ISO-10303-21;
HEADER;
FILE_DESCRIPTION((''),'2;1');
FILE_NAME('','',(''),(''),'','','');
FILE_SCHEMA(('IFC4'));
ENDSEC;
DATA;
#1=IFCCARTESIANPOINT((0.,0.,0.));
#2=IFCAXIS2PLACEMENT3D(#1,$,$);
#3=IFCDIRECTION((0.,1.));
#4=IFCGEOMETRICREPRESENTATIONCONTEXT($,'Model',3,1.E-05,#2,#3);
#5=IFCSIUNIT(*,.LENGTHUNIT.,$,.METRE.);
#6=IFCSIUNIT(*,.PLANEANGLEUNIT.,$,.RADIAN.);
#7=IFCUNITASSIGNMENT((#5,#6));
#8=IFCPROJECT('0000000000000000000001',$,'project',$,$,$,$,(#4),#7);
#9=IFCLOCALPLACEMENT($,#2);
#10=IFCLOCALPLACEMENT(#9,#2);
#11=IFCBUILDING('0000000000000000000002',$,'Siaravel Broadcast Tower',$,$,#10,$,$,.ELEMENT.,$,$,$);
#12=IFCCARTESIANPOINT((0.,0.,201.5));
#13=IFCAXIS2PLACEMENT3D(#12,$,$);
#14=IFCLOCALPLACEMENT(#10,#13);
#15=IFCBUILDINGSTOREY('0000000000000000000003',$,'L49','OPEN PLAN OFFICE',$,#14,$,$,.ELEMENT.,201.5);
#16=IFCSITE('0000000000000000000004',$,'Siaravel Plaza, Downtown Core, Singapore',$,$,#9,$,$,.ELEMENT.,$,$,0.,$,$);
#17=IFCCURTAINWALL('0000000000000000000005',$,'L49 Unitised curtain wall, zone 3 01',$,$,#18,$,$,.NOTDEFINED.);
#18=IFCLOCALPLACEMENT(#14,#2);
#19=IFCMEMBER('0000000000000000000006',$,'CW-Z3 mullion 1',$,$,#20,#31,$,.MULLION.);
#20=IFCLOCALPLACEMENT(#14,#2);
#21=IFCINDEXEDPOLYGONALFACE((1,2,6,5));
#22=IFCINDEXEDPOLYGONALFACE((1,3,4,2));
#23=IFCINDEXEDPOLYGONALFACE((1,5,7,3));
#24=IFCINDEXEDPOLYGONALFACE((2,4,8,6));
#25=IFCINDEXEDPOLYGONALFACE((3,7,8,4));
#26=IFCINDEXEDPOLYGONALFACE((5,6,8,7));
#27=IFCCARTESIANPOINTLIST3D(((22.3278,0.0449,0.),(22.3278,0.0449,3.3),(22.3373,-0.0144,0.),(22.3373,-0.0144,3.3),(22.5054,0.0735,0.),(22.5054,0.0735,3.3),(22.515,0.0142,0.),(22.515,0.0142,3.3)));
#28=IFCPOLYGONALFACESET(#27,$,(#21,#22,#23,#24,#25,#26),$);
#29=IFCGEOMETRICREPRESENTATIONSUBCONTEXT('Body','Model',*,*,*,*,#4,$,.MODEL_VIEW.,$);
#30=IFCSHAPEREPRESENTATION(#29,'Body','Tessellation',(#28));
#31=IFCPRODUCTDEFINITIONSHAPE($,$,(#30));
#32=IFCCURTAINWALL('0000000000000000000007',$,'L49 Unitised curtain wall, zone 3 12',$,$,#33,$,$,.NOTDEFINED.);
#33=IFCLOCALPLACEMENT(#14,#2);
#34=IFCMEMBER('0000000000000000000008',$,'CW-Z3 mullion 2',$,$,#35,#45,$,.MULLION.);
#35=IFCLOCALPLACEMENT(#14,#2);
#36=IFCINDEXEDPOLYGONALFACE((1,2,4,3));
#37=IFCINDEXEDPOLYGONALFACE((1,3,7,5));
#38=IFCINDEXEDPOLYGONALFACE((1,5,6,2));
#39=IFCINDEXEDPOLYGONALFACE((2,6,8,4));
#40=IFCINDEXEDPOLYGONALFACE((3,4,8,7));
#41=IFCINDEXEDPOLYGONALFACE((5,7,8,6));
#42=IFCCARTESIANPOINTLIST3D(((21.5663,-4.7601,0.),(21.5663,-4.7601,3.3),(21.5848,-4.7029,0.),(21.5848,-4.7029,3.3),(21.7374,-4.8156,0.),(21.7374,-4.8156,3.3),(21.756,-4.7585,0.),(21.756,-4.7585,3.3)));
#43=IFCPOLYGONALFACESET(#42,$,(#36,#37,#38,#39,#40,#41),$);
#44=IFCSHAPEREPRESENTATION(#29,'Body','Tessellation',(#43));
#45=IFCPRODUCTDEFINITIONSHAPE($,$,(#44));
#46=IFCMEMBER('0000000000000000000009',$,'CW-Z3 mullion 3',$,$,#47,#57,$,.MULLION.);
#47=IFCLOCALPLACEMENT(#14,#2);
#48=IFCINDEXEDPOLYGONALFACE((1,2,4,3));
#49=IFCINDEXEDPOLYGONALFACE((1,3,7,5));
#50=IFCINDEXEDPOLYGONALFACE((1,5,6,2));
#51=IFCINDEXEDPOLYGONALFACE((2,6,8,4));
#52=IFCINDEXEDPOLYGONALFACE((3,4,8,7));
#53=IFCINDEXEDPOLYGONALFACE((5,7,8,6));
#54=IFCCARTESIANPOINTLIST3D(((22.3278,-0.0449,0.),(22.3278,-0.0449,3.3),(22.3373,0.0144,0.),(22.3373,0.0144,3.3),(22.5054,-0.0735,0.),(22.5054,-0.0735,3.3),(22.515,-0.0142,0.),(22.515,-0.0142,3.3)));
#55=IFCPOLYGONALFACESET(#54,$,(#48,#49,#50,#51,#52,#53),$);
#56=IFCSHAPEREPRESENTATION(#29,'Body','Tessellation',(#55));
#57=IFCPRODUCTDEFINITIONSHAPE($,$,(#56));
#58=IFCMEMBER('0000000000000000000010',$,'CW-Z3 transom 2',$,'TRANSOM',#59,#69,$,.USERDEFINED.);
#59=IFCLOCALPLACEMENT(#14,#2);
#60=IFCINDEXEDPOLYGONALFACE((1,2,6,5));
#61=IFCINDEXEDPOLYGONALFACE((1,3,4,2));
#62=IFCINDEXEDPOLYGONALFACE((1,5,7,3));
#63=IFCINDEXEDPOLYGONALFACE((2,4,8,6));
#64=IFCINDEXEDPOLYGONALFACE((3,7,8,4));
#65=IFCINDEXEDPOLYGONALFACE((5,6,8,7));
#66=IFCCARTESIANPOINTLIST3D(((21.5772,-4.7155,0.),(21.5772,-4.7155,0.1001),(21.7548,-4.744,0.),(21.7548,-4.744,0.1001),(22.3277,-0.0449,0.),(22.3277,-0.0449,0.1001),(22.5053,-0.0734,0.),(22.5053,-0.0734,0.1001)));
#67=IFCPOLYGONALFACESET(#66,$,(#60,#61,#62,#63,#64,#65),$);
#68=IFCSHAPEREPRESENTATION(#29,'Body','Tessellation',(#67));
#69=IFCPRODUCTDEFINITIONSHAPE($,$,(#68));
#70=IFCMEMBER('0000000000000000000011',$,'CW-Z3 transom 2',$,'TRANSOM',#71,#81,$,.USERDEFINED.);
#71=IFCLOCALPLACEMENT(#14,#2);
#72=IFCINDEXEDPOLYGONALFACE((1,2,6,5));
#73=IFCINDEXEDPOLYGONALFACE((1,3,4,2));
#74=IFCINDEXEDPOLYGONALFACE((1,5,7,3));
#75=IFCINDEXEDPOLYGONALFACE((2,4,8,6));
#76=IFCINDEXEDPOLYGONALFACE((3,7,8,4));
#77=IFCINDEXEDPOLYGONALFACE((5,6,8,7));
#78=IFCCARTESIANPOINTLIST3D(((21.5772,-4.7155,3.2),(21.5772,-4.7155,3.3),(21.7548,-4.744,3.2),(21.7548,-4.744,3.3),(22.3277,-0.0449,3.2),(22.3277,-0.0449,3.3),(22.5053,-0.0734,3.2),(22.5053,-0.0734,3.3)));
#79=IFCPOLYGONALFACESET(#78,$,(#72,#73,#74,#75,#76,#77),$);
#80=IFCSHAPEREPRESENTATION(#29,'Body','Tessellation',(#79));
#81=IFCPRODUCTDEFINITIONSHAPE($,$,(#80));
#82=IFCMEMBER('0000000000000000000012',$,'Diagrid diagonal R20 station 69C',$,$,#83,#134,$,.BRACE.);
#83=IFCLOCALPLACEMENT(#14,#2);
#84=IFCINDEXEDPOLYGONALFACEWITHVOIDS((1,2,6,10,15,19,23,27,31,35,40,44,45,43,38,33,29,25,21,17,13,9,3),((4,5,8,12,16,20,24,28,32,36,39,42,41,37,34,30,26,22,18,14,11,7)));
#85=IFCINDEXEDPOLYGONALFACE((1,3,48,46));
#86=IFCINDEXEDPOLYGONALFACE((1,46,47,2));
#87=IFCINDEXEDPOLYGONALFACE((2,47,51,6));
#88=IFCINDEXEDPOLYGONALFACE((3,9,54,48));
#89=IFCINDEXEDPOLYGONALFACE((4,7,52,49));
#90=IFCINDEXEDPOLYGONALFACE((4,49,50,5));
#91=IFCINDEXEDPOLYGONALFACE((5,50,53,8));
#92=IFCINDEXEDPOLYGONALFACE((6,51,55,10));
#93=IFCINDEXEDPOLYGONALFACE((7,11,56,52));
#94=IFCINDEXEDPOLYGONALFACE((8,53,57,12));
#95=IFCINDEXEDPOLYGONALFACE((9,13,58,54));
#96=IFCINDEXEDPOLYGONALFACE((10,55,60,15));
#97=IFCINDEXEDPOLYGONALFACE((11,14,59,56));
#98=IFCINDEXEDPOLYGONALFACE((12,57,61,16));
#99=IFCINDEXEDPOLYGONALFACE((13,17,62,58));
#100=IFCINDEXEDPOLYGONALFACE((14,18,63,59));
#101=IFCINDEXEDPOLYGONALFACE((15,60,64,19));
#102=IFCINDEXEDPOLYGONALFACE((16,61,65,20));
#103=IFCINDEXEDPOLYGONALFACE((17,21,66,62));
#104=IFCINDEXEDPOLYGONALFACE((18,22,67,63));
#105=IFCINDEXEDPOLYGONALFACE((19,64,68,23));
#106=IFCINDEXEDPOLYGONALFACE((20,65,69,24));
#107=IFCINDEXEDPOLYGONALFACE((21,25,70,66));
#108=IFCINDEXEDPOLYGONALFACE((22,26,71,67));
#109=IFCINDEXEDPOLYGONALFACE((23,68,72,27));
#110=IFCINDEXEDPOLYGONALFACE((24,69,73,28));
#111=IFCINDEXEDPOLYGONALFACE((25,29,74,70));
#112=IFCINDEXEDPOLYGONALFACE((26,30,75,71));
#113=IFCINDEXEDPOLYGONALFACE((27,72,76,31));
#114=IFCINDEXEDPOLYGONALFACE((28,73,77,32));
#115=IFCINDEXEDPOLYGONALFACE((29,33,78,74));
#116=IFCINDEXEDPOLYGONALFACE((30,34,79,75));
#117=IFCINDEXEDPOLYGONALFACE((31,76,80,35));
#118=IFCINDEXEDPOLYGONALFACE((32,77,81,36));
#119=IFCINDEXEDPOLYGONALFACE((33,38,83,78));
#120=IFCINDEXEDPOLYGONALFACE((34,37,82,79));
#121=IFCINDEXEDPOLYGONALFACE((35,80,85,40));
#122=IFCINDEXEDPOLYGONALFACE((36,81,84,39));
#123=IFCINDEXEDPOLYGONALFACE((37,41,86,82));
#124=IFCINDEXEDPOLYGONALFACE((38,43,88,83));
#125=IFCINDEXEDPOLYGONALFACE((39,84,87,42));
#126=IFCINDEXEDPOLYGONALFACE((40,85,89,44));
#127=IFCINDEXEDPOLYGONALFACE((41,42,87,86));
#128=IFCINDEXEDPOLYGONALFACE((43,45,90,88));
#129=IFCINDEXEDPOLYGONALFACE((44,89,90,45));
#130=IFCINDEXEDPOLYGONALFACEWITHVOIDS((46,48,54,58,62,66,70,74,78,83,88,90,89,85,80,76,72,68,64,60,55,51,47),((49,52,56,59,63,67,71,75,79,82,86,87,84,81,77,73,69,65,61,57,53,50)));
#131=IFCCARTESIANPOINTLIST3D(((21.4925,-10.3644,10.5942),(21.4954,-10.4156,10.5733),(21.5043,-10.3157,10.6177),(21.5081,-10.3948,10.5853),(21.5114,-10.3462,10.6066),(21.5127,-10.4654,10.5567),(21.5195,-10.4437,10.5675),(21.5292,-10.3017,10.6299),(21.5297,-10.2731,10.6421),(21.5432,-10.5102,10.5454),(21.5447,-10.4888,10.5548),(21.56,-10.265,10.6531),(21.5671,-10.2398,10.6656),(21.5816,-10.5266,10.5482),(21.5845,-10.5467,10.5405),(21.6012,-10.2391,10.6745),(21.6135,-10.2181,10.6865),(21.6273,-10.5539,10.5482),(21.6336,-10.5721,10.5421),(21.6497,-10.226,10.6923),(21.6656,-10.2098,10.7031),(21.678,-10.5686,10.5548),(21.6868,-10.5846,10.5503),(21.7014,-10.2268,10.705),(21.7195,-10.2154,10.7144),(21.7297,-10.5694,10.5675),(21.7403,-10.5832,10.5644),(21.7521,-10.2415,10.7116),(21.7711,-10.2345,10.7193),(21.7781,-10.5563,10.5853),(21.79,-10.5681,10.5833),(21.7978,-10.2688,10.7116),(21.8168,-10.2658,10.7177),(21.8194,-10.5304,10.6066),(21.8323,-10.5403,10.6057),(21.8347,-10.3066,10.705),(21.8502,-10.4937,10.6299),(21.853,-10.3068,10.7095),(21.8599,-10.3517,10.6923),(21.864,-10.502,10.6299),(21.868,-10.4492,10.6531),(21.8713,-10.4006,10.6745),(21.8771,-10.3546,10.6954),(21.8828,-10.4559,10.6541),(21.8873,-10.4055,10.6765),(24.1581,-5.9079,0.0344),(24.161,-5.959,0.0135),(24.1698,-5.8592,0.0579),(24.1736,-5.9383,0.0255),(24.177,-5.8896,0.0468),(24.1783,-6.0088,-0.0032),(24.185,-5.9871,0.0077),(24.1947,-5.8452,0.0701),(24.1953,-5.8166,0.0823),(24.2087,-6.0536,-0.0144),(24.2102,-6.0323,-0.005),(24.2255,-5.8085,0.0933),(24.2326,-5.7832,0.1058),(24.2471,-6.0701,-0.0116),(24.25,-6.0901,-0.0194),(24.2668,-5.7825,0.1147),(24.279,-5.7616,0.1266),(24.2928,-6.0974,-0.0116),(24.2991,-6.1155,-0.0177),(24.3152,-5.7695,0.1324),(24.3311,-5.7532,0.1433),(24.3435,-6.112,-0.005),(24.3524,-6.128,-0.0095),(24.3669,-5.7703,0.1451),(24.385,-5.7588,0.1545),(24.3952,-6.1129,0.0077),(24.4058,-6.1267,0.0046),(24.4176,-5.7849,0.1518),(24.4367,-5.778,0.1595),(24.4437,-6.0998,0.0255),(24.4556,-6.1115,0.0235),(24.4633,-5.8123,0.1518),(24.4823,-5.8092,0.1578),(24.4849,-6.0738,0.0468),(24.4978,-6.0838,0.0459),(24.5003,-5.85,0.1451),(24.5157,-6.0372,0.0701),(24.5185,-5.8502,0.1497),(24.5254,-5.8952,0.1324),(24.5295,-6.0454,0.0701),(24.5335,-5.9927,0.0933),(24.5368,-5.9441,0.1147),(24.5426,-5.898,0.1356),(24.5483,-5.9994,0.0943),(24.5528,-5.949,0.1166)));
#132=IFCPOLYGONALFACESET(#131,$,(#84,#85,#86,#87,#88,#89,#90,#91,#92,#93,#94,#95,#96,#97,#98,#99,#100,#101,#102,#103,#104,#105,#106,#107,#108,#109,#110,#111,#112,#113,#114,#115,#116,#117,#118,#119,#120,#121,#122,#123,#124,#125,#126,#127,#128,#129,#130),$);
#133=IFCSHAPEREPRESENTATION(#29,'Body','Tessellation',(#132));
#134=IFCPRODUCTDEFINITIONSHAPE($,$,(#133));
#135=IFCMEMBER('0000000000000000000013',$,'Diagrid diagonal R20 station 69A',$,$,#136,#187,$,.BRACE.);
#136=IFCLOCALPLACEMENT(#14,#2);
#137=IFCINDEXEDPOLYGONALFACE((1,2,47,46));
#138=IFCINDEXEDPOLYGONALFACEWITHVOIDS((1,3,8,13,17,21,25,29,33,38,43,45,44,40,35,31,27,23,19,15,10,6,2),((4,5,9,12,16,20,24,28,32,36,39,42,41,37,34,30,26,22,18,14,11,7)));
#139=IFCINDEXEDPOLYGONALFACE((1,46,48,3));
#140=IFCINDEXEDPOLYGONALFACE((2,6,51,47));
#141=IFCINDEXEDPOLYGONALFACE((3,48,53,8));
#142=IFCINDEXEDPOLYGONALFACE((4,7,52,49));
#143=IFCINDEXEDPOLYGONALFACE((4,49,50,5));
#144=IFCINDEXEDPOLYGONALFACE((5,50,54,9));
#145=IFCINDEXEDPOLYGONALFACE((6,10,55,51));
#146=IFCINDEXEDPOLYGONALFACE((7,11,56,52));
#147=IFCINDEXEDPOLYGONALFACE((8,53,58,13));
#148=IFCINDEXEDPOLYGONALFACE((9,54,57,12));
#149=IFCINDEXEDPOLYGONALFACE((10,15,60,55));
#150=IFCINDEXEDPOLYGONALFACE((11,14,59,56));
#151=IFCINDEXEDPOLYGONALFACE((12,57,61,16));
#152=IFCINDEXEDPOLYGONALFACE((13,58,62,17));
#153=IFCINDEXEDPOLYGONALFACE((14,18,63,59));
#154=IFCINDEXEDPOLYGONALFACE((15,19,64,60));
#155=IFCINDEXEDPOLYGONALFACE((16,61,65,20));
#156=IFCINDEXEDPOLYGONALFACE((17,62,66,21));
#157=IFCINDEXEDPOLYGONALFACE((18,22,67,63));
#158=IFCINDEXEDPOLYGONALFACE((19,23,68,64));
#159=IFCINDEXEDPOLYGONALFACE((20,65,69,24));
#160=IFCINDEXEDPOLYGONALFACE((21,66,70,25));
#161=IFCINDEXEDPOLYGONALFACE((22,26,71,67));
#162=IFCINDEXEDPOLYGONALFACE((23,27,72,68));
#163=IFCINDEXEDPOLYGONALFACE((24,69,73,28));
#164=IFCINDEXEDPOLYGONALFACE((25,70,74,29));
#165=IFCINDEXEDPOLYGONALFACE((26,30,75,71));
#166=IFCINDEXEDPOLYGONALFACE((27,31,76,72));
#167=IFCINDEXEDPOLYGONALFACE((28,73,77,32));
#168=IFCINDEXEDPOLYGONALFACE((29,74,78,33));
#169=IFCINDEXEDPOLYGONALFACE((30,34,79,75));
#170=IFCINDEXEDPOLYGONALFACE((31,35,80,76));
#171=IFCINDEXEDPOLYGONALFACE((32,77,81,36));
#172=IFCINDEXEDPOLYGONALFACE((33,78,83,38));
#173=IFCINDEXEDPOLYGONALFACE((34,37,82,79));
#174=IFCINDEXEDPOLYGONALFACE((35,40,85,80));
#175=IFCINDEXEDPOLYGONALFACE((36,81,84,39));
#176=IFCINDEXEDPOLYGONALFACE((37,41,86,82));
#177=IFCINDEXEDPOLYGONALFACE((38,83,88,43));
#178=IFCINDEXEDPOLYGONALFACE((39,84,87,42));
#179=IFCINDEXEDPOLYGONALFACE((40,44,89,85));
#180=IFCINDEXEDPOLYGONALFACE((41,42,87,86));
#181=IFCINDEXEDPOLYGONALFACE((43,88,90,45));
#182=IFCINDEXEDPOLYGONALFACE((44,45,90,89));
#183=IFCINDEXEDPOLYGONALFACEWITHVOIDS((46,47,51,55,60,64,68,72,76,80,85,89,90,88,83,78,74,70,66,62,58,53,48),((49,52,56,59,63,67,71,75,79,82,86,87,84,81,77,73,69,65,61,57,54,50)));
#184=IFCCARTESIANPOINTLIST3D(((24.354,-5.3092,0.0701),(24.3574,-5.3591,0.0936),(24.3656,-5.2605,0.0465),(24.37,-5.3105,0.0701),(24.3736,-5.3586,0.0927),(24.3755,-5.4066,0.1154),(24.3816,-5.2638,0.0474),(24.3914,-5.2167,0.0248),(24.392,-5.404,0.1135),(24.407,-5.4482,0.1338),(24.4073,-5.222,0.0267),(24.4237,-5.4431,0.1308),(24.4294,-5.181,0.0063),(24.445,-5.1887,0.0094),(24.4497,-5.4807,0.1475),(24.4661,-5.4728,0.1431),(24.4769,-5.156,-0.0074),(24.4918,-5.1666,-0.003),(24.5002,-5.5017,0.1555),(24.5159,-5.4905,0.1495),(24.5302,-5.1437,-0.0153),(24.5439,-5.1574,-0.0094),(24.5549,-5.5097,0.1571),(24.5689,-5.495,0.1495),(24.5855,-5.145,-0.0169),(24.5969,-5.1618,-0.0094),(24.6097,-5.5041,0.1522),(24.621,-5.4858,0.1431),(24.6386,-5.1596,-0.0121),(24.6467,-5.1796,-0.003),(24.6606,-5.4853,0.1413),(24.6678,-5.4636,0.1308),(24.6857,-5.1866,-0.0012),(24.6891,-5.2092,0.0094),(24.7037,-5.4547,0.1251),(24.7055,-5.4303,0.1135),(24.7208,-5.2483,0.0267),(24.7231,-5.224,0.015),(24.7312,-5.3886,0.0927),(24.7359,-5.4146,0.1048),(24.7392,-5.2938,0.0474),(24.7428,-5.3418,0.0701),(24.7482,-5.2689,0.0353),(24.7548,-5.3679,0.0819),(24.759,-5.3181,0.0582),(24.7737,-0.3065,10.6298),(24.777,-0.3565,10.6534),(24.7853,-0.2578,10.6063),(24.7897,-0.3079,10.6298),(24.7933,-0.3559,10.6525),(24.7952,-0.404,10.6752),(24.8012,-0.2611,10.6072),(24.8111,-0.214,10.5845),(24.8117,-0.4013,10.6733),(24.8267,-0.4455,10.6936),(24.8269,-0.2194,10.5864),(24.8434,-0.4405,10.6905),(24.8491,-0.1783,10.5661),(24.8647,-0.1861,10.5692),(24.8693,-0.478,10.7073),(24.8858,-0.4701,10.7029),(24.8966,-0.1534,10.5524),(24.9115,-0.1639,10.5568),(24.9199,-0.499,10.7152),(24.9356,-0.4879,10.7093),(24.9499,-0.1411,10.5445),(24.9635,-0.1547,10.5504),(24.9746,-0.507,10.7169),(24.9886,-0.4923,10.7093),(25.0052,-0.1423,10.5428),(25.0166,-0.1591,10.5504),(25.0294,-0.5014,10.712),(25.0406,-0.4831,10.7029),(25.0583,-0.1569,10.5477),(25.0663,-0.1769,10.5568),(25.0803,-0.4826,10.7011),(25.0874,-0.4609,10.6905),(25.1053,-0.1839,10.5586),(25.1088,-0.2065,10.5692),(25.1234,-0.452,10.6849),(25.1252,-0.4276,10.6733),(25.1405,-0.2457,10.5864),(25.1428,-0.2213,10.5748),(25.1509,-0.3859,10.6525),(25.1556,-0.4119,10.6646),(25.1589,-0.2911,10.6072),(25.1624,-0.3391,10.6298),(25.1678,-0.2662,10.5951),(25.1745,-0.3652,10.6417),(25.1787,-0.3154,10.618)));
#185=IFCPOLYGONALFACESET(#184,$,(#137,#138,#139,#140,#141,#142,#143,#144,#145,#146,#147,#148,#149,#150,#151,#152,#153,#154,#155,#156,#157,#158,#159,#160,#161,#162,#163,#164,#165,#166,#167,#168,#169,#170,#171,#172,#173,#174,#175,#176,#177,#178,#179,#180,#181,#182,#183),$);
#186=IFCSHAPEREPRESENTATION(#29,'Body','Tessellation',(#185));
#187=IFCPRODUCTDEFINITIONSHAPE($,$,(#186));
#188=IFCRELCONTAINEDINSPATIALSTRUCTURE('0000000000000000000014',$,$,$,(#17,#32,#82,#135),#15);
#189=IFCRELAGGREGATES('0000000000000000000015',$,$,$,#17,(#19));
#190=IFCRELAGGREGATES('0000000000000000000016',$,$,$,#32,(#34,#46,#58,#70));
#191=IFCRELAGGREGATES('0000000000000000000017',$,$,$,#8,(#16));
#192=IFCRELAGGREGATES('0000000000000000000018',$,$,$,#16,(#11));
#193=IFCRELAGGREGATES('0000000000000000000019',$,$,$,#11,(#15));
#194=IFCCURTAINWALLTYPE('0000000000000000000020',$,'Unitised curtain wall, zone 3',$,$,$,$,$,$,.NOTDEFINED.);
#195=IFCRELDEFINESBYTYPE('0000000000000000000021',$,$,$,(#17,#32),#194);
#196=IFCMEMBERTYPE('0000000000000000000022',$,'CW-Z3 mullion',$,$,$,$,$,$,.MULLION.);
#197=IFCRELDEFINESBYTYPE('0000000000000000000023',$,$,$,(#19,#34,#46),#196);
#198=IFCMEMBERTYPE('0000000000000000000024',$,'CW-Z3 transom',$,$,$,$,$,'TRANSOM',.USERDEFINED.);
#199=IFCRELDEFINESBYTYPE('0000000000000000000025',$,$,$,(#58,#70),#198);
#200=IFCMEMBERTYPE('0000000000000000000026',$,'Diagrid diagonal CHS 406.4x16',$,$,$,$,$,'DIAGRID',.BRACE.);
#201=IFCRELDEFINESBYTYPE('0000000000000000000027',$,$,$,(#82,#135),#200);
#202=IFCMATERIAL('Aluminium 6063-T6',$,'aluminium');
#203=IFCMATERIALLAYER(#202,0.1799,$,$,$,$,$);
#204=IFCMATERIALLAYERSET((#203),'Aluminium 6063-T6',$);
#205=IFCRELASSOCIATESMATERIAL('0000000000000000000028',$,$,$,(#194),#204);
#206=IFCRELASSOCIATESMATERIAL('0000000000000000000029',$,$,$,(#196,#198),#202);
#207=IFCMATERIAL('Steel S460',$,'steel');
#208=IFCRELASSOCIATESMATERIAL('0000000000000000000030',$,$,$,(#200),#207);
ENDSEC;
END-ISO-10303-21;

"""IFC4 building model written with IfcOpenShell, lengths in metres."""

from ifc_helpers import new_model, si_unit, direction, frame, origin, origin_2d, place, context, subcontext, project, spatial, rectangle, hollow_circle, extrude, material, layer, layer_set, material_profile, profile_set, type_object, element, aggregate, save


model = new_model("IFC4")

# Units and contexts
model_context = context("Model", 3, precision=1e-05, world=origin(), true_north=direction((0.0, 1.0)))
body_context = subcontext(model_context, "Body", "Model", "MODEL_VIEW")
ifc_project = project(units=[si_unit("LENGTHUNIT", "METRE"), si_unit("PLANEANGLEUNIT", "RADIAN")], contexts=[model_context])

# Site, building, storey
site_placement = place(None, origin())
site = spatial("IfcSite", under=ifc_project, at=site_placement, Name="Siaravel Plaza, Downtown Core, Singapore", CompositionType="ELEMENT", RefElevation=0.0)
building_placement = place(site_placement, origin())
building = spatial("IfcBuilding", under=site, at=building_placement, Name="Siaravel Broadcast Tower", CompositionType="ELEMENT")
storey_placement = place(building_placement, frame((0.0, 0.0, 201.5)))
storey = spatial("IfcBuildingStorey", under=building, at=storey_placement, Name="L49", Description="OPEN PLAN OFFICE", CompositionType="ELEMENT", Elevation=201.5)

# Curtain wall, member
ifc_material_1 = material(Name="Aluminium 6063-T6", Category="aluminium")
ifc_layer_1 = layer(ifc_material_1, 0.1799)
ifc_layer_set_1 = layer_set([ifc_layer_1], Name="Aluminium 6063-T6")
curtain_wall_type = type_object("IfcCurtainWallType", Name="Unitised curtain wall, zone 3", PredefinedType="NOTDEFINED", material=ifc_layer_set_1)
curtain_wall_1_placement = place(storey_placement, origin())
curtain_wall_1 = element("IfcCurtainWall", 1, at=curtain_wall_1_placement, inside=storey, type_object=curtain_wall_type, Name="L49 Unitised curtain wall, zone 3 01", PredefinedType="NOTDEFINED")
ifc_material_profile_1 = material_profile(ifc_material_1, rectangle(XDim=0.1799, YDim=0.0601, at=origin_2d()))
ifc_profile_set_1 = profile_set([ifc_material_profile_1], Name="Aluminium 6063-T6")
member_type_1 = type_object("IfcMemberType", Name="CW-Z3 mullion", PredefinedType="MULLION", material=ifc_profile_set_1)
member_1_placement = place(storey_placement, frame((22.4214, 0.0295, 0.0), z_axis=(0.0, 0.0, 1.0), x_axis=(-0.987329, -0.158685, 0.0)))
member_1 = element("IfcMember", 2, at=member_1_placement, type_object=member_type_1, Name="CW-Z3 mullion 1", PredefinedType="MULLION", context=body_context, shape_type="SweptSolid", body=[
    extrude(rectangle(XDim=0.1799, YDim=0.0601, at=origin_2d()), origin(), (0.0, 0.0, 1.0), 3.3),
])
aggregate(curtain_wall_1, [member_1])

# Curtain wall, members
curtain_wall_2_placement = place(storey_placement, origin())
curtain_wall_2 = element("IfcCurtainWall", 3, at=curtain_wall_2_placement, inside=storey, type_object=curtain_wall_type, Name="L49 Unitised curtain wall, zone 3 12", PredefinedType="NOTDEFINED")
member_2_placement = place(storey_placement, frame((21.6611, -4.7593, 0.0), z_axis=(0.0, 0.0, 1.0), x_axis=(-0.951178, 0.308644, 0.0)))
member_2 = element("IfcMember", 4, at=member_2_placement, type_object=member_type_1, Name="CW-Z3 mullion 2", PredefinedType="MULLION", context=body_context, shape_type="SweptSolid", body=[
    extrude(rectangle(XDim=0.1799, YDim=0.0601, at=origin_2d()), origin(), (0.0, 0.0, 1.0), 3.3),
])
member_3_placement = place(storey_placement, frame((22.4214, -0.0295, 0.0), z_axis=(0.0, 0.0, 1.0), x_axis=(-0.987329, 0.158685, 0.0)))
member_3 = element("IfcMember", 5, at=member_3_placement, type_object=member_type_1, Name="CW-Z3 mullion 3", PredefinedType="MULLION", context=body_context, shape_type="SweptSolid", body=[
    extrude(rectangle(XDim=0.1799, YDim=0.0601, at=origin_2d()), origin(), (0.0, 0.0, 1.0), 3.3),
])
ifc_material_profile_2 = material_profile(ifc_material_1, rectangle(XDim=0.1799, YDim=0.1001, at=origin_2d()))
ifc_profile_set_2 = profile_set([ifc_material_profile_2], Name="Aluminium 6063-T6")
member_type_2 = type_object("IfcMemberType", Name="CW-Z3 transom", ElementType="TRANSOM", PredefinedType="USERDEFINED", material=ifc_profile_set_2)
member_4_placement = place(storey_placement, frame((21.666, -4.7297, 0.05), z_axis=(0.158647, 0.987335, 0.0), x_axis=(-0.987335, 0.158647, 0.0)))
member_4 = element("IfcMember", 6, at=member_4_placement, type_object=member_type_2, Name="CW-Z3 transom 2", ObjectType="TRANSOM", PredefinedType="USERDEFINED", context=body_context, shape_type="SweptSolid", body=[
    extrude(rectangle(XDim=0.1799, YDim=0.1001, at=origin_2d()), origin(), (0.0, 0.0, 1.0), 4.7305),
])
member_5_placement = place(storey_placement, frame((21.666, -4.7297, 3.25), z_axis=(0.158647, 0.987335, 0.0), x_axis=(-0.987335, 0.158647, 0.0)))
member_5 = element("IfcMember", 7, at=member_5_placement, type_object=member_type_2, Name="CW-Z3 transom 2", ObjectType="TRANSOM", PredefinedType="USERDEFINED", context=body_context, shape_type="SweptSolid", body=[
    extrude(rectangle(XDim=0.1799, YDim=0.1001, at=origin_2d()), origin(), (0.0, 0.0, 1.0), 4.7305),
])

# Members
ifc_material_2 = material(Name="Steel S460", Category="steel")
ifc_material_profile_3 = material_profile(ifc_material_2, hollow_circle(Radius=0.2031, WallThickness=0.0161, at=origin_2d()))
ifc_profile_set_3 = profile_set([ifc_material_profile_3], Name="Steel S460")
member_type_3 = type_object("IfcMemberType", Name="Diagrid diagonal CHS 406.4x16", ElementType="DIAGRID", PredefinedType="BRACE", material=ifc_profile_set_3)
member_6_placement = place(storey_placement, frame((24.3552, -5.9412, 0.0701), z_axis=(-0.226515, -0.378714, 0.897366), x_axis=(0.858206, -0.513306, 0.0)))
element("IfcMember", 8, at=member_6_placement, inside=storey, type_object=member_type_3, Name="Diagrid diagonal R20 station 69C", PredefinedType="BRACE", context=body_context, shape_type="SweptSolid", body=[
    extrude(hollow_circle(Radius=0.2031, WallThickness=0.0161, at=origin_2d()), origin(), (0.0, 0.0, 1.0), 11.7676),
])
member_7_placement = place(storey_placement, frame((24.5564, -5.3262, 0.0701), z_axis=(0.035893, 0.427857, 0.903133), x_axis=(-0.9965, 0.083597, 0.0)))
element("IfcMember", 9, at=member_7_placement, inside=storey, type_object=member_type_3, Name="Diagrid diagonal R20 station 69A", PredefinedType="BRACE", context=body_context, shape_type="SweptSolid", body=[
    extrude(hollow_circle(Radius=0.2031, WallThickness=0.0161, at=origin_2d()), origin(), (0.0, 0.0, 1.0), 11.6924),
])

aggregate(curtain_wall_2, [member_2, member_3, member_4, member_5])

save(model, "model.ifc")
